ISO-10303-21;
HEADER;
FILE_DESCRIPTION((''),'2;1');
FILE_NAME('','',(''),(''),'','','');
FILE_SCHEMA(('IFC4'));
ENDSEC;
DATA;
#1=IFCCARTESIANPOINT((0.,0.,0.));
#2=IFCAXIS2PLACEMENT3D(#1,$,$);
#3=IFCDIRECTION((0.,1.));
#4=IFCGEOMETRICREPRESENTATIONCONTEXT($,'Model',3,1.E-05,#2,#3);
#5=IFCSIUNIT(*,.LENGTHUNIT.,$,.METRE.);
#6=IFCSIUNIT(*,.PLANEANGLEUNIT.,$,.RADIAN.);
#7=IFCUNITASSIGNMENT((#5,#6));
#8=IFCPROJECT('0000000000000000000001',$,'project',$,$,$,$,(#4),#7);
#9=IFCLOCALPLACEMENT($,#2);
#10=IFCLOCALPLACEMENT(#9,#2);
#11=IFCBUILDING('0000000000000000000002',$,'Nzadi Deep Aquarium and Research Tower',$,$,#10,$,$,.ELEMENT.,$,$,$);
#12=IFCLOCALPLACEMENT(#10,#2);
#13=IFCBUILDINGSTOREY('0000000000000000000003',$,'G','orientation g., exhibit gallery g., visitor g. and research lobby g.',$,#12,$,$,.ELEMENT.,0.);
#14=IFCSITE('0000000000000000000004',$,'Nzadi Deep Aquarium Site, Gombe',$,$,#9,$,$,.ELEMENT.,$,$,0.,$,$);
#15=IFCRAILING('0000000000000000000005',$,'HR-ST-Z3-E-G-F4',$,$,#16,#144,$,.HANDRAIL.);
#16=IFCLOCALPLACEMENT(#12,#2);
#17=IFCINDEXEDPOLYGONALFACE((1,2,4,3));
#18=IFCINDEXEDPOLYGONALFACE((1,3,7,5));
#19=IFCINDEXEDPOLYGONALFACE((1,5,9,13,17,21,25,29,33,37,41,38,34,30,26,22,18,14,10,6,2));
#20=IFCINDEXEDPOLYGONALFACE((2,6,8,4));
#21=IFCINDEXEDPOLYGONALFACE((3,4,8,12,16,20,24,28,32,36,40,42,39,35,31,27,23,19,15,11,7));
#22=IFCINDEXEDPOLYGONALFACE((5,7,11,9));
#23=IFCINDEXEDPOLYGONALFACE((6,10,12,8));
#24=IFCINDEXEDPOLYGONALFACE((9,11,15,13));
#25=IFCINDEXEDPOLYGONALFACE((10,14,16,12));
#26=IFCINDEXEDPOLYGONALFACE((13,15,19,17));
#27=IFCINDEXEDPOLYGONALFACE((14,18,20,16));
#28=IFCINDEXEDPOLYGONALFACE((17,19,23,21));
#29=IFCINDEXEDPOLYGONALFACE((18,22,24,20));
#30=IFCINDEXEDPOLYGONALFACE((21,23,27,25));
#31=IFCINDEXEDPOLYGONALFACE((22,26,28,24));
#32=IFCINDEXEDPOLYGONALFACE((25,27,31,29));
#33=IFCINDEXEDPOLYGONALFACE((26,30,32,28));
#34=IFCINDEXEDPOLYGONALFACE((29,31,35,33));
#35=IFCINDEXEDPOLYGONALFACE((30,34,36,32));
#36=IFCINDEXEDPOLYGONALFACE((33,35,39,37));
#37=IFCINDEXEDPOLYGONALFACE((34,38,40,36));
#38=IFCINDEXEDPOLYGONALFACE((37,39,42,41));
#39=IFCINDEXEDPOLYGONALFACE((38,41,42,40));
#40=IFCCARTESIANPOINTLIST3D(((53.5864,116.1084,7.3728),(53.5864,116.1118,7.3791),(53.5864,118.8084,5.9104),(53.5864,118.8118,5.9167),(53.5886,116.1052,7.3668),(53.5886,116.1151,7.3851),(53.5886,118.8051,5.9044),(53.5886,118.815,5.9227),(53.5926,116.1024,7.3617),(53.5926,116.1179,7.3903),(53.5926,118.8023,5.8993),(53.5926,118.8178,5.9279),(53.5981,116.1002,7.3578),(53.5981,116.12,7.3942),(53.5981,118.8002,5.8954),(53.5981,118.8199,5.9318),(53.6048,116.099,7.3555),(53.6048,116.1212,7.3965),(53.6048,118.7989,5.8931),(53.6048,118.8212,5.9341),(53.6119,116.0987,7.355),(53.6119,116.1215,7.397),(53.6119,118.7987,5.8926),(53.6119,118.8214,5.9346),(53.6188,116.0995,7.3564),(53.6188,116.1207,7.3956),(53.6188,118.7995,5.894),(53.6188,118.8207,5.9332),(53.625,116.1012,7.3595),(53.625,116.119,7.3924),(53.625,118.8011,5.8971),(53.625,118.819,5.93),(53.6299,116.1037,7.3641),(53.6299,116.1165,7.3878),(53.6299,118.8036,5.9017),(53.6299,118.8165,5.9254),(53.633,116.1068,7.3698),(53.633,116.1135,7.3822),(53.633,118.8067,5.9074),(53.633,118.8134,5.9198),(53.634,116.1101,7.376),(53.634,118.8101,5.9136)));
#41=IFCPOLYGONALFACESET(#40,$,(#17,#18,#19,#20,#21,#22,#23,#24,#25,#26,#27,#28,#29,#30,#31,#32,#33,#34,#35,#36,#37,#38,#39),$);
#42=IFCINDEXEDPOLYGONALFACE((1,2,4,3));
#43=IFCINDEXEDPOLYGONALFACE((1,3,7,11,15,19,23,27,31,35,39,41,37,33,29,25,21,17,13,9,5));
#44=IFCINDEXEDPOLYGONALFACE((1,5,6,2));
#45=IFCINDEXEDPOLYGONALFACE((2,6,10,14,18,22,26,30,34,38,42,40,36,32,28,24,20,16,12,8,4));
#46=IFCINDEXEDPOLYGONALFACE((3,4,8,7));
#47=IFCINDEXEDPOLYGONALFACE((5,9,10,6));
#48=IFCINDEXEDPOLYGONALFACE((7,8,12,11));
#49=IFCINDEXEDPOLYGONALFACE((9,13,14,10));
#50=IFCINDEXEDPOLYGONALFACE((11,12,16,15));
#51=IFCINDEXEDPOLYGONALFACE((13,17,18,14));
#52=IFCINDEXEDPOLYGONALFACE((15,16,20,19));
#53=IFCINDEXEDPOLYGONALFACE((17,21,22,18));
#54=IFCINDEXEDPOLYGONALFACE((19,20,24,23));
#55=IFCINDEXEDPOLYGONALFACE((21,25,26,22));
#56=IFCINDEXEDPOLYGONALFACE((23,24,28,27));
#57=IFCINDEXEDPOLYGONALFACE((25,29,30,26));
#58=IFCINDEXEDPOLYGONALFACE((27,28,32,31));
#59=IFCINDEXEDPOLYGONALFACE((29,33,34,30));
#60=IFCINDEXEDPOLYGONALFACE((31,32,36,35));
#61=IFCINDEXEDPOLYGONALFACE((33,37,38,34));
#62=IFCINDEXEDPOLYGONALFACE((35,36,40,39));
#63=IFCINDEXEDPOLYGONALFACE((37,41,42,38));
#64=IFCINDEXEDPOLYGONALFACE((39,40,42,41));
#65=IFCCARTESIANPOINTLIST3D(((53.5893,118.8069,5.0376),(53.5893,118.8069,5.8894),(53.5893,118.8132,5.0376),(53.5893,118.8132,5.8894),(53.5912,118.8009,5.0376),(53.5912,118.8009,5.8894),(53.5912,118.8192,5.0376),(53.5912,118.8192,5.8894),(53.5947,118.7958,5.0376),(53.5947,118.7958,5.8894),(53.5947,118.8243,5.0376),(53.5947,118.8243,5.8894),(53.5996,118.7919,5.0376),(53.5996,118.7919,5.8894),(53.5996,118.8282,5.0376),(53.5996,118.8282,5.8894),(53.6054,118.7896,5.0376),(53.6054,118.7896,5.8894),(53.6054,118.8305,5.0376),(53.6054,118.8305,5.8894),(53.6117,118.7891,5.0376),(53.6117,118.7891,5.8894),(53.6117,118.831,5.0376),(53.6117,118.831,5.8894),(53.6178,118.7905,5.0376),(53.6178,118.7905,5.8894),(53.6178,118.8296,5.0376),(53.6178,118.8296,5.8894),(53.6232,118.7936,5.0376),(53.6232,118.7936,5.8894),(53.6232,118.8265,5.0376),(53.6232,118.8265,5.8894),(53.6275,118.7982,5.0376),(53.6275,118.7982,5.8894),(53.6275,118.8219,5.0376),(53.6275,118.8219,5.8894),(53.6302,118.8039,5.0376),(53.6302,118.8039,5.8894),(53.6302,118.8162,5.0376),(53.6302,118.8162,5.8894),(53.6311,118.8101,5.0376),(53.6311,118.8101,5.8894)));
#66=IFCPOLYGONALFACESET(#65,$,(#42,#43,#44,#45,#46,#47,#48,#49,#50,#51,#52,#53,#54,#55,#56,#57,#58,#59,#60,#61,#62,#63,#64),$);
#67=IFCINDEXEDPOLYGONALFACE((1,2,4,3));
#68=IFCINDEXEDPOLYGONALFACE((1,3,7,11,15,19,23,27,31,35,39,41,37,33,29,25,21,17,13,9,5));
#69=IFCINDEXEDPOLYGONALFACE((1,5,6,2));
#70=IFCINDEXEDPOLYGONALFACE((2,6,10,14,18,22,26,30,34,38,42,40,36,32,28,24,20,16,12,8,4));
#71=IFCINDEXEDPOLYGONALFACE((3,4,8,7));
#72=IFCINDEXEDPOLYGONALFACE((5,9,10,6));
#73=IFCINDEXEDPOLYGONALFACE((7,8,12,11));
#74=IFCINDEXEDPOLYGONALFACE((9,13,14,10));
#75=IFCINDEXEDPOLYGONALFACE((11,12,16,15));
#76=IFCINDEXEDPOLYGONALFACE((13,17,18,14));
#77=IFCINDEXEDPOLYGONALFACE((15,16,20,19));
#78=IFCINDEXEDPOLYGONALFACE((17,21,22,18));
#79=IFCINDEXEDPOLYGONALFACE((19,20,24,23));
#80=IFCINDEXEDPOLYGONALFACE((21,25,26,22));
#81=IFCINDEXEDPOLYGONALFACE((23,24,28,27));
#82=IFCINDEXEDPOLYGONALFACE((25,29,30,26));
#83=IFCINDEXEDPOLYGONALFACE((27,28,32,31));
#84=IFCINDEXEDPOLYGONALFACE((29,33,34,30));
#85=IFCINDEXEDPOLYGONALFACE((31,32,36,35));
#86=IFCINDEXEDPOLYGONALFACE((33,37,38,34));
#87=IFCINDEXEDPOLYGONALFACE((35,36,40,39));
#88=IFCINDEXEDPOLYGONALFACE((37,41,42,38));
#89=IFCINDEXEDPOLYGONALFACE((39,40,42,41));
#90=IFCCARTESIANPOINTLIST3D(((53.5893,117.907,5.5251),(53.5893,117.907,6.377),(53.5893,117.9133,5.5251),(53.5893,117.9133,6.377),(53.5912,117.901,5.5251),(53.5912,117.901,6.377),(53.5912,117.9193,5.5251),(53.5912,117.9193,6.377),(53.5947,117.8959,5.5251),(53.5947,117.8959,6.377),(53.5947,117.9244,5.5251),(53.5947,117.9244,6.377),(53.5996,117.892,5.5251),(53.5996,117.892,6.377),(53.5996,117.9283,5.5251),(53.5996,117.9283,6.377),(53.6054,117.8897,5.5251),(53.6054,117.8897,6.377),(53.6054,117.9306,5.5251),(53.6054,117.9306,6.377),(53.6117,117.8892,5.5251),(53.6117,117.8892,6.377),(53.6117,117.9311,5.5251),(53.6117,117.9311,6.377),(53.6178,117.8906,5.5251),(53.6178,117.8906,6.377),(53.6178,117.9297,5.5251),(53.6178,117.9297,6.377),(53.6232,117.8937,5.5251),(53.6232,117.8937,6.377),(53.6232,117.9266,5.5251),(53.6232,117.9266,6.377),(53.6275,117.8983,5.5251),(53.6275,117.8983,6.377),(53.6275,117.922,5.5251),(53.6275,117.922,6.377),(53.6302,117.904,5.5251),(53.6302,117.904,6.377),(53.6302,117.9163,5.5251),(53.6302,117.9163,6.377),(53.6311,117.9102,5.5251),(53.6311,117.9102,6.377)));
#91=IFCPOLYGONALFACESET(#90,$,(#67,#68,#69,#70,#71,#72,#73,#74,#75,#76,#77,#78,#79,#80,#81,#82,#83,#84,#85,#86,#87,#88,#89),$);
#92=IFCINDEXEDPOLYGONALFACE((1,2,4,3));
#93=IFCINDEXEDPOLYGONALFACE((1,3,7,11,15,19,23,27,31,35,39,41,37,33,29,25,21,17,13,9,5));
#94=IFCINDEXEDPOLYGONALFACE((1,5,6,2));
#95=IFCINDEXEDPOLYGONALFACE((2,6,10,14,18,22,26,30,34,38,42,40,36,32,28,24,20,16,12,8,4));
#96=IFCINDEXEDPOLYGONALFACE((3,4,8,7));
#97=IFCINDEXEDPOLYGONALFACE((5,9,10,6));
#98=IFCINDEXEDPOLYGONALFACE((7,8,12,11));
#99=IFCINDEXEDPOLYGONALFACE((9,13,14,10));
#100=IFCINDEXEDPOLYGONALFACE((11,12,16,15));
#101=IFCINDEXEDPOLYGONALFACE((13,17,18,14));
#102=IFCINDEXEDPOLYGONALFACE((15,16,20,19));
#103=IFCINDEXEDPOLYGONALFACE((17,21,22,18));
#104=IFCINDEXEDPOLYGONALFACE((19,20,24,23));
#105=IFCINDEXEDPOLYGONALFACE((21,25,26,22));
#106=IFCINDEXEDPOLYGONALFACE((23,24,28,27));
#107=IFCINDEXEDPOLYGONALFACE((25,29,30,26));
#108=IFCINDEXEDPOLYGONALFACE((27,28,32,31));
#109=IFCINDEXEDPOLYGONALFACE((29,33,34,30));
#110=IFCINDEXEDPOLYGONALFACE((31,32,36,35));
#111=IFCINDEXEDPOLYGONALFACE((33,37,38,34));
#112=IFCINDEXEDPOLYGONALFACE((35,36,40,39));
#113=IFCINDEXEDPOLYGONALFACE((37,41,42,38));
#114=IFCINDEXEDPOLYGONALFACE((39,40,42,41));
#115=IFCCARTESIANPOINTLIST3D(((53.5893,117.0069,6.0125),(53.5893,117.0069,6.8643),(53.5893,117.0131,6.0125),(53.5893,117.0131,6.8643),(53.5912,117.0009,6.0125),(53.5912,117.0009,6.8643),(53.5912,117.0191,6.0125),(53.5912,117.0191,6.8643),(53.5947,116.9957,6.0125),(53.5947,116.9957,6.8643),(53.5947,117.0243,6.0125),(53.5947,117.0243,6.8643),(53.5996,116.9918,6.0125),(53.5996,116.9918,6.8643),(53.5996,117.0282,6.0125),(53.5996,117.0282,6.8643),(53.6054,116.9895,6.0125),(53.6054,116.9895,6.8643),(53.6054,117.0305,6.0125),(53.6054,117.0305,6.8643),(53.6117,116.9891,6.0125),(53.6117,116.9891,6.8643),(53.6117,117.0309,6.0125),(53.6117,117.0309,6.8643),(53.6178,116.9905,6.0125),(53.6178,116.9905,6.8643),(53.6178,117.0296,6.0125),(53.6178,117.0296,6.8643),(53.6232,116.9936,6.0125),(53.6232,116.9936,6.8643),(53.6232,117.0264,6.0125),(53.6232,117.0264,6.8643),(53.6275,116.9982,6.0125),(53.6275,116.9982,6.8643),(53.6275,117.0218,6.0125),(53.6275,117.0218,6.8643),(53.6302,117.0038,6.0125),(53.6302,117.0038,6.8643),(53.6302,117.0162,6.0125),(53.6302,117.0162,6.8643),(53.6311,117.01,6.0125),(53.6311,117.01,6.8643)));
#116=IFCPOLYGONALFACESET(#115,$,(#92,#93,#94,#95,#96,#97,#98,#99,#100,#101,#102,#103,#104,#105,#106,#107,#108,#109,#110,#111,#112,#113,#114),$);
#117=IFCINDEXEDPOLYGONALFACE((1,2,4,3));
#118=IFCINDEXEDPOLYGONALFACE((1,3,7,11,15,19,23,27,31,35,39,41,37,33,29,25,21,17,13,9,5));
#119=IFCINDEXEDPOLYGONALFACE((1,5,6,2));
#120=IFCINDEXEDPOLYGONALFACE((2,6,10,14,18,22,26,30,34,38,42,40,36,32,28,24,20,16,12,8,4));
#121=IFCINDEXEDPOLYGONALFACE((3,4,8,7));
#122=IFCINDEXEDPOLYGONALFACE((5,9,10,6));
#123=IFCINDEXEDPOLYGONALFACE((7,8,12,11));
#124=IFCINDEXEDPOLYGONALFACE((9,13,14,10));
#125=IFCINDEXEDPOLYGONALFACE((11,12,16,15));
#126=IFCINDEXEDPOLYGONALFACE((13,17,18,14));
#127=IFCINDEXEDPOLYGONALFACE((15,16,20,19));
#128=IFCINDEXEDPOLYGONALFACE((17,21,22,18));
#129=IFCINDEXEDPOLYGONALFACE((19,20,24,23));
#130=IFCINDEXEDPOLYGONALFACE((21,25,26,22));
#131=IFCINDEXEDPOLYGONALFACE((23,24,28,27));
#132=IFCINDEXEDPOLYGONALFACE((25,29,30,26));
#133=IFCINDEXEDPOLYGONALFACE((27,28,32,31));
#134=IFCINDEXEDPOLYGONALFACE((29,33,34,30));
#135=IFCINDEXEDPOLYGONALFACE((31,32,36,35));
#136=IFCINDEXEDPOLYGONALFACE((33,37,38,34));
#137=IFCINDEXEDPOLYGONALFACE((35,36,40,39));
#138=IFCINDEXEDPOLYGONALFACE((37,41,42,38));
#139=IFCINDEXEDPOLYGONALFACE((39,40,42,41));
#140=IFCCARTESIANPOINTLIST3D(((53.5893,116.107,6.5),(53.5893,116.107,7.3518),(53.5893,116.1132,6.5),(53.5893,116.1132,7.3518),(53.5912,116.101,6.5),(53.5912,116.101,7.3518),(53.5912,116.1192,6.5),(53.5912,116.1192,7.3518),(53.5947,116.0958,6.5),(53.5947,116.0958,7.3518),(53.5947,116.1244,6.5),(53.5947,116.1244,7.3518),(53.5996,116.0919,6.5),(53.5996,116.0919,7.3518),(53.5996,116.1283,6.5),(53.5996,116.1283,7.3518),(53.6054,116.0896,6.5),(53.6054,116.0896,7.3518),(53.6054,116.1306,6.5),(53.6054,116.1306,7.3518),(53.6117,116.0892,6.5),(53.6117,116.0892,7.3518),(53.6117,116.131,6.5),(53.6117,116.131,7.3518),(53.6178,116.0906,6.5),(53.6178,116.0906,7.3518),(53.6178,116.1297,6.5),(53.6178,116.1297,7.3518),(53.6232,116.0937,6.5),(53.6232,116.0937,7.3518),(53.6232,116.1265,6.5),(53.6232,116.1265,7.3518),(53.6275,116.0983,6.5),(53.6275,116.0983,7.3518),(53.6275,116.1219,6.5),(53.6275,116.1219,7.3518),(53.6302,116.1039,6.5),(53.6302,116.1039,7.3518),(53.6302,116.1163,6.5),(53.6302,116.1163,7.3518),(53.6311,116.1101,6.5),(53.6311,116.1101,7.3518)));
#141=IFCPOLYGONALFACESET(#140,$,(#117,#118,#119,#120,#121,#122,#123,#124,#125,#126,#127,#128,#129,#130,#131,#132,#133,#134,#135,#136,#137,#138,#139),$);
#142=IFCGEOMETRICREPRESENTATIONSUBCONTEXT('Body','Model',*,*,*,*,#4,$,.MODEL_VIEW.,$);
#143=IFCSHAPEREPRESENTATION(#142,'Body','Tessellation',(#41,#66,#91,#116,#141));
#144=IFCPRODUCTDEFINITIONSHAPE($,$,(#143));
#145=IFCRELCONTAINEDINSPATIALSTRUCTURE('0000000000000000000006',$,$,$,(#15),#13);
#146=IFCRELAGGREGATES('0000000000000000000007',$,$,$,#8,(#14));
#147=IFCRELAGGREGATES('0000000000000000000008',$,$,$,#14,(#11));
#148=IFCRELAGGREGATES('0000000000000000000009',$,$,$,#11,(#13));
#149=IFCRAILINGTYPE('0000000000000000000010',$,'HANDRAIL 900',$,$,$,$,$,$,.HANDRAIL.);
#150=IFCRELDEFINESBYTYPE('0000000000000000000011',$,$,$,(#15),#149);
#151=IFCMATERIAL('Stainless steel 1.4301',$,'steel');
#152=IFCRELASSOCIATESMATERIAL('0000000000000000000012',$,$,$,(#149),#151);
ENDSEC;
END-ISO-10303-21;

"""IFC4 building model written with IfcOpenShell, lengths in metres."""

from ifc_helpers import new_model, si_unit, direction, frame, origin, origin_2d, place, context, subcontext, project, spatial, circle, extrude, material, type_object, element, save


model = new_model("IFC4")

# Units and contexts
model_context = context("Model", 3, precision=1e-05, world=origin(), true_north=direction((0.0, 1.0)))
body_context = subcontext(model_context, "Body", "Model", "MODEL_VIEW")
ifc_project = project(units=[si_unit("LENGTHUNIT", "METRE"), si_unit("PLANEANGLEUNIT", "RADIAN")], contexts=[model_context])

# Site, building, storey
site_placement = place(None, origin())
site = spatial("IfcSite", under=ifc_project, at=site_placement, Name="Nzadi Deep Aquarium Site, Gombe", CompositionType="ELEMENT", RefElevation=0.0)
building_placement = place(site_placement, origin())
building = spatial("IfcBuilding", under=site, at=building_placement, Name="Nzadi Deep Aquarium and Research Tower", CompositionType="ELEMENT")
storey_placement = place(building_placement, origin())
storey = spatial("IfcBuildingStorey", under=building, at=storey_placement, Name="G", Description="orientation g., exhibit gallery g., visitor g. and research lobby g.", CompositionType="ELEMENT", Elevation=0.0)

# Railing
ifc_material_1 = material(Name="Stainless steel 1.4301", Category="steel")
railing_type = type_object("IfcRailingType", Name="HANDRAIL 900", PredefinedType="HANDRAIL", material=ifc_material_1)
for number, where, name in (
    (1, (53.6101, 118.8101, 5.0376), "HR-ST-Z3-E-G-F4"),
):
    element("IfcRailing", number, at=place(storey_placement, frame(where)), inside=storey, type_object=railing_type, Name=name, PredefinedType="HANDRAIL", context=body_context, shape_type="SweptSolid", body=[
        extrude(circle(Radius=0.0239, at=origin_2d()), frame((0.0, 0.0, 0.876), z_axis=(0.0, -0.879302, 0.476265), x_axis=(1.0, 0.0, 0.0)), (0.0, 0.0, 1.0), 3.0706),
        extrude(circle(Radius=0.021, at=origin_2d()), origin(), (0.0, 0.0, 1.0), 0.8518),
        extrude(circle(Radius=0.021, at=origin_2d()), frame((0.0, -0.8999, 0.4875)), (0.0, 0.0, 1.0), 0.8518),
        extrude(circle(Radius=0.021, at=origin_2d()), frame((0.0, -1.8, 0.9749)), (0.0, 0.0, 1.0), 0.8518),
        extrude(circle(Radius=0.021, at=origin_2d()), frame((0.0, -2.7, 1.4624)), (0.0, 0.0, 1.0), 0.8518),
    ])

save(model, "model.ifc")
